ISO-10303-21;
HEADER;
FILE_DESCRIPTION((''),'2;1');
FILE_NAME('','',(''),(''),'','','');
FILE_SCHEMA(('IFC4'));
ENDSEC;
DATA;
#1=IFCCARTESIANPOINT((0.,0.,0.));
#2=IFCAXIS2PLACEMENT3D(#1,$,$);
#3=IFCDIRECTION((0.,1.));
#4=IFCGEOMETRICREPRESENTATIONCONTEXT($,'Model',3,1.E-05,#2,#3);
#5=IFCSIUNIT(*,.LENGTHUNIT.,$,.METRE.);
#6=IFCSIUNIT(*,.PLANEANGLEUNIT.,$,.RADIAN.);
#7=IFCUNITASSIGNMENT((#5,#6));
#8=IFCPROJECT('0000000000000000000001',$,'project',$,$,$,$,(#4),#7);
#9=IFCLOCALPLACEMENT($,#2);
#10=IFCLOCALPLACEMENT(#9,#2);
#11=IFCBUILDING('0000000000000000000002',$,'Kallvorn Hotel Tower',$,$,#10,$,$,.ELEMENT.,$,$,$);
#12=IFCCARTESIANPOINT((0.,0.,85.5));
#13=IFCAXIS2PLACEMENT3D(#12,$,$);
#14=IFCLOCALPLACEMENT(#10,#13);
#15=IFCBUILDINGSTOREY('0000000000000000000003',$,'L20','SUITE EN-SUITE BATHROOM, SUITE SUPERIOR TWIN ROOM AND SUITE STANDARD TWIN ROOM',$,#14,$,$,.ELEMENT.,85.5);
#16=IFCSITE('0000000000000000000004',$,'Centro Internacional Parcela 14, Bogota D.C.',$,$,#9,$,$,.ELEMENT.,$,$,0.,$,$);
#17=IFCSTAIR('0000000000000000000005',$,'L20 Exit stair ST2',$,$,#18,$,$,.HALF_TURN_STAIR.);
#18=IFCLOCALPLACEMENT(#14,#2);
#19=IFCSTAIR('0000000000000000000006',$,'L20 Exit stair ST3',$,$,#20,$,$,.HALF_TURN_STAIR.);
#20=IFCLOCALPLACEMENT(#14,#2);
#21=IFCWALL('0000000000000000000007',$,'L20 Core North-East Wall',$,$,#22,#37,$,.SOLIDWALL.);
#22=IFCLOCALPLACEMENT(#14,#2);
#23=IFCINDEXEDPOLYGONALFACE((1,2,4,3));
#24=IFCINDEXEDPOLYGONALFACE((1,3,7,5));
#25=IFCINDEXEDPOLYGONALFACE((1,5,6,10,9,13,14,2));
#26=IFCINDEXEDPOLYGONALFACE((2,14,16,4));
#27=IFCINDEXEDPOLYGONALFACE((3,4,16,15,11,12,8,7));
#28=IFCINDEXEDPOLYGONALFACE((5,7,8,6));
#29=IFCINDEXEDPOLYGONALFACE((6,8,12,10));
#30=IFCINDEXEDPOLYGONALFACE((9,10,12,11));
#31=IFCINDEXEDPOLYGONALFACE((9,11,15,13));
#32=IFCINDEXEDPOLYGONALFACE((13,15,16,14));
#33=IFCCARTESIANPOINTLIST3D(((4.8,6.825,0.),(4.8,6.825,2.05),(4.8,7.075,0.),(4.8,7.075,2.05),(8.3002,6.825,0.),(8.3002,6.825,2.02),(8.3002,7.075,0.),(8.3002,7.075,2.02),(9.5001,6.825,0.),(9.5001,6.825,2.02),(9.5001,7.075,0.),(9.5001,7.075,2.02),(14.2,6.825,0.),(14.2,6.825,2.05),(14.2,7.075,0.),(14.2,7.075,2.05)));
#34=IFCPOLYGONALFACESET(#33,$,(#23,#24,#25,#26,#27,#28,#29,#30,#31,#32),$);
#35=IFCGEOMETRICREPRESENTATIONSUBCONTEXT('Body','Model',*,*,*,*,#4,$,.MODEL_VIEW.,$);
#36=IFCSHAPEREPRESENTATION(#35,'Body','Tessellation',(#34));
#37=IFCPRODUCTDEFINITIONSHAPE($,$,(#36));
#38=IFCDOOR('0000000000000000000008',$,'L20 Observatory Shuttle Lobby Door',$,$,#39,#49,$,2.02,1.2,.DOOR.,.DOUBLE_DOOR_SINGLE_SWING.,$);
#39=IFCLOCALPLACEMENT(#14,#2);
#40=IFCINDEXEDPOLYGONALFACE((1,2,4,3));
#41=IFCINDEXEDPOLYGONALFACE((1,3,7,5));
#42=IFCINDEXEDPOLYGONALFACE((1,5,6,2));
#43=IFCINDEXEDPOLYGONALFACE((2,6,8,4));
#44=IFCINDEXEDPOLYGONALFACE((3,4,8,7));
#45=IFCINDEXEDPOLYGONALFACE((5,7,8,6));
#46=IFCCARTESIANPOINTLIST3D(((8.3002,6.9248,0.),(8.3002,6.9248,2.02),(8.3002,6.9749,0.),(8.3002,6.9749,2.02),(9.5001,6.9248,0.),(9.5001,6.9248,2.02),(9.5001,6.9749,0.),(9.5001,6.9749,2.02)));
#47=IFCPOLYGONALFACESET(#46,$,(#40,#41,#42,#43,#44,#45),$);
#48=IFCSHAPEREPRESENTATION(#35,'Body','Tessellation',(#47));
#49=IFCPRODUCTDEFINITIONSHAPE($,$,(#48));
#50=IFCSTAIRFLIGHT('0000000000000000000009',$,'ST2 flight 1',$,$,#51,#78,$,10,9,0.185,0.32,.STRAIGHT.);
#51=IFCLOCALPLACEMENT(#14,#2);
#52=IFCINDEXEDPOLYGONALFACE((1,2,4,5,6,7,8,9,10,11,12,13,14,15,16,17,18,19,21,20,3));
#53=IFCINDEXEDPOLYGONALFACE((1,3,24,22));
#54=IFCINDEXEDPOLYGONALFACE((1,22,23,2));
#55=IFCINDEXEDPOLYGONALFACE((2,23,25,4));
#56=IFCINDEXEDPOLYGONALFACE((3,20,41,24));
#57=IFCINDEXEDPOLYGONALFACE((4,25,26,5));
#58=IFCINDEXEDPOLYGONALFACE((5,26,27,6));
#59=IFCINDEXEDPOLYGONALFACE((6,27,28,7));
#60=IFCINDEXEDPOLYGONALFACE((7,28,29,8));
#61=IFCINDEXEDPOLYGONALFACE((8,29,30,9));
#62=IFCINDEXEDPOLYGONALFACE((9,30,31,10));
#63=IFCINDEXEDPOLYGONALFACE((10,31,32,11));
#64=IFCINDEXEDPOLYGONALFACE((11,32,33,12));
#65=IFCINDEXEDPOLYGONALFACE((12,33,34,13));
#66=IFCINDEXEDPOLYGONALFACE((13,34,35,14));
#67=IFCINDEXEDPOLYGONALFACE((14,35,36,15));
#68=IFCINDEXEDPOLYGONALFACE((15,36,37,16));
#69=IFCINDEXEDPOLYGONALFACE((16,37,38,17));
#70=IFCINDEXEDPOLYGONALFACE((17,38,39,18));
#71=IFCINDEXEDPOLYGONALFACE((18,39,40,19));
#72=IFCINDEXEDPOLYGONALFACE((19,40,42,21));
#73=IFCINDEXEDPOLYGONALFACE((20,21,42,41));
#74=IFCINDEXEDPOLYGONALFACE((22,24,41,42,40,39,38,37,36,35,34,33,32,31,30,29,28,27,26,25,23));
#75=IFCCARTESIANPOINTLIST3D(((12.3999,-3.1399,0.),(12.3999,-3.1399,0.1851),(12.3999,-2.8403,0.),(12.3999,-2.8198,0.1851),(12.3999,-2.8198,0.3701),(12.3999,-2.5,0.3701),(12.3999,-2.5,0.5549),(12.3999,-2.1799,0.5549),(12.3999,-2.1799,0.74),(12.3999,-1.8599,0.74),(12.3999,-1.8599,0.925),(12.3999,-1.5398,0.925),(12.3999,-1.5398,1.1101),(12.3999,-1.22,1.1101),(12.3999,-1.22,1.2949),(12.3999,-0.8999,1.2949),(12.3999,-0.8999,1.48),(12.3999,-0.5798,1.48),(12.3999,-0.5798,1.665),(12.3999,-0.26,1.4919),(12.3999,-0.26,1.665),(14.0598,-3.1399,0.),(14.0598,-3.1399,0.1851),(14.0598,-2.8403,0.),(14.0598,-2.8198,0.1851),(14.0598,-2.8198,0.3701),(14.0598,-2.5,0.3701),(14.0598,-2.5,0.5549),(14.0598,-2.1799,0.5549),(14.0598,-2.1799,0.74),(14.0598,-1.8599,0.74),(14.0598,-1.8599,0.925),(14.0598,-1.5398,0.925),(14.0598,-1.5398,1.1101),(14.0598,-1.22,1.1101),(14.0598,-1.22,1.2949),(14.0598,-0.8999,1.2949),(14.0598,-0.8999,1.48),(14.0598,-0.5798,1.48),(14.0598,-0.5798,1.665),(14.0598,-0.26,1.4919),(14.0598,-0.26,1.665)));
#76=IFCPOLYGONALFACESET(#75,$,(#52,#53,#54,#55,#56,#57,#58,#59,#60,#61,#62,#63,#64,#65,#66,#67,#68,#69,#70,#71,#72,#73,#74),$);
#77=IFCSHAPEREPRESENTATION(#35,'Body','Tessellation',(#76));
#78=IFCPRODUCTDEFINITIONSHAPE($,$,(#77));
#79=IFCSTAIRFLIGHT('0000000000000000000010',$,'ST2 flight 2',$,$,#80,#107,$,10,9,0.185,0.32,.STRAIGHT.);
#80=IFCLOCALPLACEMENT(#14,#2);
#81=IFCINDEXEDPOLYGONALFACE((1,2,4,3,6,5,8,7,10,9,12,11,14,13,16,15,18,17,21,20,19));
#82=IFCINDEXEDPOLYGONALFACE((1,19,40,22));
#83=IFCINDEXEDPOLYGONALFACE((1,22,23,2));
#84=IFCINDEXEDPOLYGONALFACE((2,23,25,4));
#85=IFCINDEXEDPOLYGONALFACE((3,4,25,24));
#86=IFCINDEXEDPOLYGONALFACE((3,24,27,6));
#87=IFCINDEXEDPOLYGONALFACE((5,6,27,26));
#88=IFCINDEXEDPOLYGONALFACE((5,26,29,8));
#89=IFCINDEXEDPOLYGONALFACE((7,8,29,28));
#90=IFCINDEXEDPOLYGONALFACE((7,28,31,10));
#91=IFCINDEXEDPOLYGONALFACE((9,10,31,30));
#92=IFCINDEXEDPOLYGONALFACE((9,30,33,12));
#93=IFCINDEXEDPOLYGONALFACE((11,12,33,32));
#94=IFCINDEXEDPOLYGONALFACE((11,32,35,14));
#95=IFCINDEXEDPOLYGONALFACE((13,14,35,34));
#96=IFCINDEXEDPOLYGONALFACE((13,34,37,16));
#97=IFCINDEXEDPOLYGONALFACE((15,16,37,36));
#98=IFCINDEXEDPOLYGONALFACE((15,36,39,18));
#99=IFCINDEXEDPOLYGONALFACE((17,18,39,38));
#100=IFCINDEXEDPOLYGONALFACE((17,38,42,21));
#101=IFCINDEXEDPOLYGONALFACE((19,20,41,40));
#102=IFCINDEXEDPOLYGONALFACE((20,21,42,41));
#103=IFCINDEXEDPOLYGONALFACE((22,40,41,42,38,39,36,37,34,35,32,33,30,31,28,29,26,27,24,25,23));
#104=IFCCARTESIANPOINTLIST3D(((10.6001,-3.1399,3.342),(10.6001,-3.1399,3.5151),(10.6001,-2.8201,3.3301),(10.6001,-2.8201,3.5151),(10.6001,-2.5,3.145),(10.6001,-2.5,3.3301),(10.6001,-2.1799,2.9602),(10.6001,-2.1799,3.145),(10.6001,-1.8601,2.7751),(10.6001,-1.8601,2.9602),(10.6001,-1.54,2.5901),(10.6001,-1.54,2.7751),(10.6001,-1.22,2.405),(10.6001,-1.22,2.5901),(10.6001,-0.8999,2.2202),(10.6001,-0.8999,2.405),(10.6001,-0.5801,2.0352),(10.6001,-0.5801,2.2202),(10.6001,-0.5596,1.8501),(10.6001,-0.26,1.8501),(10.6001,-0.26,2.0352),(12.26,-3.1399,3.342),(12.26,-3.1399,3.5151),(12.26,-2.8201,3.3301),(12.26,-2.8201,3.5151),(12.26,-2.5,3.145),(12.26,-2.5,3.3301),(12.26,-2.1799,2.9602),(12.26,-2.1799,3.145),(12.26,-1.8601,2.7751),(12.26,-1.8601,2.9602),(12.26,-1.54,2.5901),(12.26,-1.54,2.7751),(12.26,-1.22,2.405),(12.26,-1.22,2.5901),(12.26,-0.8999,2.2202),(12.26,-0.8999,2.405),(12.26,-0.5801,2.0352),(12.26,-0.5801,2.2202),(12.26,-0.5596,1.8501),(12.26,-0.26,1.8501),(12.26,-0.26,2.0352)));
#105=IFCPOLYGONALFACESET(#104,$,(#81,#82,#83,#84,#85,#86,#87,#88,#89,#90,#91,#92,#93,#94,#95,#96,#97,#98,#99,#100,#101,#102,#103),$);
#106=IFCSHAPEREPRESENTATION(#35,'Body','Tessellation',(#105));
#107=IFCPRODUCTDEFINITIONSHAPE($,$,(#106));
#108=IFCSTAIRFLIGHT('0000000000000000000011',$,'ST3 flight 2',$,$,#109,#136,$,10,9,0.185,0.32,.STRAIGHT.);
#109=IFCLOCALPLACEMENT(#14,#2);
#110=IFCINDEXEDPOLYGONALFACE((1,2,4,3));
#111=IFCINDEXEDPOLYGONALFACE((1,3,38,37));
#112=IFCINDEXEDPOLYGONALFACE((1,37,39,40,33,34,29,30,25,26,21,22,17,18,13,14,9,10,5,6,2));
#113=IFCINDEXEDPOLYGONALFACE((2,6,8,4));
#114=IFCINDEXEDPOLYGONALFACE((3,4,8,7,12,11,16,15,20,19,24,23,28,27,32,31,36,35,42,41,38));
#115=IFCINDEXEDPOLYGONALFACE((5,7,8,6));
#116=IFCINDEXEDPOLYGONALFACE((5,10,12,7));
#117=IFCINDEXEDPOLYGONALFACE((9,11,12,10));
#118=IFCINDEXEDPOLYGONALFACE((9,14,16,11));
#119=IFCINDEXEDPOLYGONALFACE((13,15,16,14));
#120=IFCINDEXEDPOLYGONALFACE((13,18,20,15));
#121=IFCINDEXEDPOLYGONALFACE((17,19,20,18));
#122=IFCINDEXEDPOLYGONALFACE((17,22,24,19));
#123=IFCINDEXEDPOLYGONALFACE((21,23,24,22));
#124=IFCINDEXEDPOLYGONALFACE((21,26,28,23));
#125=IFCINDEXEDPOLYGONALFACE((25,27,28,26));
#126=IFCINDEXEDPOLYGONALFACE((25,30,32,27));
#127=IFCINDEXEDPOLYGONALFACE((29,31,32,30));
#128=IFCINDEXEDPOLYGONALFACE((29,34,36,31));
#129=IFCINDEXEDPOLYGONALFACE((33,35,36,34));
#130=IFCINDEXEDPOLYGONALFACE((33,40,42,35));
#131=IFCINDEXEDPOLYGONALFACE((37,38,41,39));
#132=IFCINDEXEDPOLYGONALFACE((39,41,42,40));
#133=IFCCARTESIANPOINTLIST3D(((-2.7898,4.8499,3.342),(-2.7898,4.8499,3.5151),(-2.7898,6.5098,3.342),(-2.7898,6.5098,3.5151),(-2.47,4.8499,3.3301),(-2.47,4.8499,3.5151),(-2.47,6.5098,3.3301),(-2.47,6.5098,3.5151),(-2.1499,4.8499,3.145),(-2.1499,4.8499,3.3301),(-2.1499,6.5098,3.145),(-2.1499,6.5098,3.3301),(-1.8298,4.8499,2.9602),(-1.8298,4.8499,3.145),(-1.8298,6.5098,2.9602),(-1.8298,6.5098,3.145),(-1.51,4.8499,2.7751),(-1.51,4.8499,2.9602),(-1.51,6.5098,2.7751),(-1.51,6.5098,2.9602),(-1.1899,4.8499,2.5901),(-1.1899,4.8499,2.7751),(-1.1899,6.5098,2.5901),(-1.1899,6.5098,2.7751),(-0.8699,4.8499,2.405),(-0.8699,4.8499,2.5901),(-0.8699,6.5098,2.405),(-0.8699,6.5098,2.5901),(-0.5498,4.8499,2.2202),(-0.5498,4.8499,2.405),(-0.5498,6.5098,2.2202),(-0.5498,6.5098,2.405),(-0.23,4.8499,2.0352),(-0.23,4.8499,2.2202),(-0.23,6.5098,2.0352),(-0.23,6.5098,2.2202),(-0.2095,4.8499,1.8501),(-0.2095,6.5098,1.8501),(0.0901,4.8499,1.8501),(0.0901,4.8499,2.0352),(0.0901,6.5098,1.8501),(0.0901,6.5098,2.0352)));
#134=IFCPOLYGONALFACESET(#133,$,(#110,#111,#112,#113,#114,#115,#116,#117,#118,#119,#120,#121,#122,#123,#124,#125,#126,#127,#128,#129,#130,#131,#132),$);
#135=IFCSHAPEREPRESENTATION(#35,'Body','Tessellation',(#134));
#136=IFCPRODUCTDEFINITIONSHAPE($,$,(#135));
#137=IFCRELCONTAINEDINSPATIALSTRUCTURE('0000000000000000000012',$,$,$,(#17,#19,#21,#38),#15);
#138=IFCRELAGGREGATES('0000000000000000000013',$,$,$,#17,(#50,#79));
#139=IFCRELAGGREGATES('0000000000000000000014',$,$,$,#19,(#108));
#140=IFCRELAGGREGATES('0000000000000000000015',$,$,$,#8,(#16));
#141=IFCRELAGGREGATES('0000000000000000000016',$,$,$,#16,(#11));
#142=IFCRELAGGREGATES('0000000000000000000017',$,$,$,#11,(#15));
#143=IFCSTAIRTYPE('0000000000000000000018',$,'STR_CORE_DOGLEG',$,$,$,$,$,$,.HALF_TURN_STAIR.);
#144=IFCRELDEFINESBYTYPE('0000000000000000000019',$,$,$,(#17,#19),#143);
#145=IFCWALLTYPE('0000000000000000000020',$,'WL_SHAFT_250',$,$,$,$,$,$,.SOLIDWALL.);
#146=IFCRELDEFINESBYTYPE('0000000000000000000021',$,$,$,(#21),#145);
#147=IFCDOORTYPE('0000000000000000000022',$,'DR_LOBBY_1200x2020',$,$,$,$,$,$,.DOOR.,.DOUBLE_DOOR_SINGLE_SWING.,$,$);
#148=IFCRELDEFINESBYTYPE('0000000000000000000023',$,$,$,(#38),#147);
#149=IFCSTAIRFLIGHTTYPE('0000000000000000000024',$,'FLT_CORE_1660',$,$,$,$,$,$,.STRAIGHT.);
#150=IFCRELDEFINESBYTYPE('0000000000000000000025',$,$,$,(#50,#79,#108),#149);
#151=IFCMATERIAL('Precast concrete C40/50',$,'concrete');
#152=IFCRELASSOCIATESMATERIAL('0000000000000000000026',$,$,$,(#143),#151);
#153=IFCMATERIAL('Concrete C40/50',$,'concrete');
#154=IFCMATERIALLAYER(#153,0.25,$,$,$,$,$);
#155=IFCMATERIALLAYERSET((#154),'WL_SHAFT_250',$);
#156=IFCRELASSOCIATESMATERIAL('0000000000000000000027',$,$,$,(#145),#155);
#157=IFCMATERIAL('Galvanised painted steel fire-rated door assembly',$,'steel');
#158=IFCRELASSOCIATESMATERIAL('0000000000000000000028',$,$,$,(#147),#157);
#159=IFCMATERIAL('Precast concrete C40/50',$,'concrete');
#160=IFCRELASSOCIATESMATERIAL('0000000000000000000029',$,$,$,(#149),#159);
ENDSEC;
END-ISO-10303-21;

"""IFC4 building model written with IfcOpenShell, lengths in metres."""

from ifc_helpers import new_model, si_unit, direction, frame, frame_2d, origin, place, context, subcontext, project, spatial, polyline, rectangle, outline, extrude, material, layer, layer_set, type_object, element, fill, aggregate, save


model = new_model("IFC4")

# Units and contexts
model_context = context("Model", 3, precision=1e-05, world=origin(), true_north=direction((0.0, 1.0)))
body_context = subcontext(model_context, "Body", "Model", "MODEL_VIEW")
ifc_project = project(units=[si_unit("LENGTHUNIT", "METRE"), si_unit("PLANEANGLEUNIT", "RADIAN")], contexts=[model_context])

# Site, building, storey
site_placement = place(None, origin())
site = spatial("IfcSite", under=ifc_project, at=site_placement, Name="Centro Internacional Parcela 14, Bogota D.C.", CompositionType="ELEMENT", RefElevation=0.0)
building_placement = place(site_placement, origin())
building = spatial("IfcBuilding", under=site, at=building_placement, Name="Kallvorn Hotel Tower", CompositionType="ELEMENT")
storey_placement = place(building_placement, frame((0.0, 0.0, 85.5)))
storey = spatial("IfcBuildingStorey", under=building, at=storey_placement, Name="L20", Description="SUITE EN-SUITE BATHROOM, SUITE SUPERIOR TWIN ROOM AND SUITE STANDARD TWIN ROOM", CompositionType="ELEMENT", Elevation=85.5)

# Stairs
ifc_material_1 = material(Name="Precast concrete C40/50", Category="concrete")
stair_type = type_object("IfcStairType", Name="STR_CORE_DOGLEG", PredefinedType="HALF_TURN_STAIR", material=ifc_material_1)
stair_1_placement = place(storey_placement, origin())
stair_1 = element("IfcStair", 1, at=stair_1_placement, inside=storey, type_object=stair_type, Name="L20 Exit stair ST2", PredefinedType="HALF_TURN_STAIR")
stair_2_placement = place(storey_placement, origin())
stair_2 = element("IfcStair", 2, at=stair_2_placement, inside=storey, type_object=stair_type, Name="L20 Exit stair ST3", PredefinedType="HALF_TURN_STAIR")

# Wall, opening, door
ifc_material_2 = material(Name="Concrete C40/50", Category="concrete")
ifc_layer_1 = layer(ifc_material_2, 0.25)
ifc_layer_set_1 = layer_set([ifc_layer_1], Name="WL_SHAFT_250")
wall_type_1 = type_object("IfcWallType", Name="WL_SHAFT_250", PredefinedType="SOLIDWALL", material=ifc_layer_set_1)
wall_1_placement = place(storey_placement, frame((4.8, 6.95, 0.0), z_axis=(0.0, 0.0, 1.0), x_axis=(1.0, 0.0, 0.0)))
wall_1 = element("IfcWall", 3, at=wall_1_placement, inside=storey, type_object=wall_type_1, Name="L20 Core North-East Wall", PredefinedType="SOLIDWALL", context=body_context, shape_type="SweptSolid", body=[
    extrude(rectangle(XDim=9.3999, YDim=0.25, at=frame_2d((4.7, 0.0))), origin(), (0.0, 0.0, 1.0), 2.05),
])
opening_1_placement = place(wall_1_placement, frame((3.5, 0.0, 0.0)))
opening_1 = element("IfcOpeningElement", 4, at=opening_1_placement, cuts=wall_1, PredefinedType="OPENING", context=body_context, shape_type="SweptSolid", body=[
    extrude(rectangle(XDim=1.2, YDim=2.02, at=frame_2d((0.6001, 1.01))), frame((0.0, 0.1399, 0.0), z_axis=(0.0, -1.0, 0.0), x_axis=(1.0, 0.0, 0.0)), (0.0, 0.0, 1.0), 0.28),
])
ifc_material_3 = material(Name="Galvanised painted steel fire-rated door assembly", Category="steel")
door_type_1 = type_object("IfcDoorType", Name="DR_LOBBY_1200x2020", OperationType="DOUBLE_DOOR_SINGLE_SWING", PredefinedType="DOOR", material=ifc_material_3)
door_1_placement = place(opening_1_placement, origin())
door_1 = element("IfcDoor", 5, at=door_1_placement, inside=storey, type_object=door_type_1, Name="L20 Observatory Shuttle Lobby Door", OperationType="DOUBLE_DOOR_SINGLE_SWING", OverallHeight=2.02, OverallWidth=1.2, PredefinedType="DOOR", context=body_context, shape_type="SweptSolid", body=[
    extrude(rectangle(XDim=1.2, YDim=2.02, at=frame_2d((0.6001, 1.01))), frame((0.0, 0.0249, 0.0), z_axis=(0.0, -1.0, 0.0), x_axis=(1.0, 0.0, 0.0)), (0.0, 0.0, 1.0), 0.05),
])
fill(opening_1, door_1)

# Stair flights
ifc_material_4 = material(Name="Precast concrete C40/50", Category="concrete")
stair_flight_type = type_object("IfcStairFlightType", Name="FLT_CORE_1660", PredefinedType="STRAIGHT", material=ifc_material_4)
stair_flight_1_placement = place(storey_placement, frame((13.23, -3.1399, 0.0), z_axis=(0.0, 0.0, 1.0), x_axis=(0.0, 1.0, 0.0)))
stair_flight_1 = element("IfcStairFlight", 6, at=stair_flight_1_placement, type_object=stair_flight_type, Name="ST2 flight 1", NumberOfRisers=10, NumberOfTreads=9, PredefinedType="STRAIGHT", RiserHeight=0.185, TreadLength=0.32, context=body_context, shape_type="SweptSolid", body=[
    extrude(outline(polyline([(0.0, 0.0), (0.0, 0.1851), (0.3201, 0.1851), (0.3201, 0.3701), (0.6399, 0.3701), (0.6399, 0.5549), (0.96, 0.5549), (0.96, 0.74), (1.28, 0.74), (1.28, 0.925), (1.6001, 0.925), (1.6001, 1.1101), (1.9199, 1.1101), (1.9199, 1.2949), (2.24, 1.2949), (2.24, 1.48), (2.5601, 1.48), (2.5601, 1.665), (2.8799, 1.665), (2.8799, 1.8501), (2.8799, 1.4919), (0.2996, 0.0), (0.0, 0.0)])), frame((0.0, 0.8301, 0.0), z_axis=(0.0, -1.0, 0.0), x_axis=(1.0, 0.0, 0.0)), (0.0, 0.0, 1.0), 1.6599),
])
stair_flight_2_placement = place(storey_placement, frame((11.4299, -0.26, 1.8501), z_axis=(0.0, 0.0, 1.0), x_axis=(0.0, -1.0, 0.0)))
stair_flight_2 = element("IfcStairFlight", 7, at=stair_flight_2_placement, type_object=stair_flight_type, Name="ST2 flight 2", NumberOfRisers=10, NumberOfTreads=9, PredefinedType="STRAIGHT", RiserHeight=0.185, TreadLength=0.32, context=body_context, shape_type="SweptSolid", body=[
    extrude(outline(polyline([(0.0, 0.0), (0.0, 0.1851), (0.3201, 0.1851), (0.3201, 0.3701), (0.6399, 0.3701), (0.6399, 0.5549), (0.96, 0.5549), (0.96, 0.74), (1.28, 0.74), (1.28, 0.925), (1.6001, 0.925), (1.6001, 1.1101), (1.9199, 1.1101), (1.9199, 1.2949), (2.24, 1.2949), (2.24, 1.48), (2.5601, 1.48), (2.5601, 1.665), (2.8799, 1.665), (2.8799, 1.8501), (2.8799, 1.4919), (0.2996, 0.0), (0.0, 0.0)])), frame((0.0, 0.8301, 0.0), z_axis=(0.0, -1.0, 0.0), x_axis=(1.0, 0.0, 0.0)), (0.0, 0.0, 1.0), 1.6599),
])
aggregate(stair_1, [stair_flight_1, stair_flight_2])
stair_flight_3_placement = place(storey_placement, frame((0.0901, 5.6799, 1.8501), z_axis=(0.0, 0.0, 1.0), x_axis=(-1.0, 0.0, 0.0)))
stair_flight_3 = element("IfcStairFlight", 8, at=stair_flight_3_placement, type_object=stair_flight_type, Name="ST3 flight 2", NumberOfRisers=10, NumberOfTreads=9, PredefinedType="STRAIGHT", RiserHeight=0.185, TreadLength=0.32, context=body_context, shape_type="SweptSolid", body=[
    extrude(outline(polyline([(0.0, 0.0), (0.0, 0.1851), (0.3201, 0.1851), (0.3201, 0.3701), (0.6399, 0.3701), (0.6399, 0.5549), (0.96, 0.5549), (0.96, 0.74), (1.28, 0.74), (1.28, 0.925), (1.6001, 0.925), (1.6001, 1.1101), (1.9199, 1.1101), (1.9199, 1.2949), (2.24, 1.2949), (2.24, 1.48), (2.5601, 1.48), (2.5601, 1.665), (2.8799, 1.665), (2.8799, 1.8501), (2.8799, 1.4919), (0.2996, 0.0), (0.0, 0.0)])), frame((0.0, 0.8301, 0.0), z_axis=(0.0, -1.0, 0.0), x_axis=(1.0, 0.0, 0.0)), (0.0, 0.0, 1.0), 1.6599),
])
aggregate(stair_2, [stair_flight_3])

save(model, "model.ifc")
